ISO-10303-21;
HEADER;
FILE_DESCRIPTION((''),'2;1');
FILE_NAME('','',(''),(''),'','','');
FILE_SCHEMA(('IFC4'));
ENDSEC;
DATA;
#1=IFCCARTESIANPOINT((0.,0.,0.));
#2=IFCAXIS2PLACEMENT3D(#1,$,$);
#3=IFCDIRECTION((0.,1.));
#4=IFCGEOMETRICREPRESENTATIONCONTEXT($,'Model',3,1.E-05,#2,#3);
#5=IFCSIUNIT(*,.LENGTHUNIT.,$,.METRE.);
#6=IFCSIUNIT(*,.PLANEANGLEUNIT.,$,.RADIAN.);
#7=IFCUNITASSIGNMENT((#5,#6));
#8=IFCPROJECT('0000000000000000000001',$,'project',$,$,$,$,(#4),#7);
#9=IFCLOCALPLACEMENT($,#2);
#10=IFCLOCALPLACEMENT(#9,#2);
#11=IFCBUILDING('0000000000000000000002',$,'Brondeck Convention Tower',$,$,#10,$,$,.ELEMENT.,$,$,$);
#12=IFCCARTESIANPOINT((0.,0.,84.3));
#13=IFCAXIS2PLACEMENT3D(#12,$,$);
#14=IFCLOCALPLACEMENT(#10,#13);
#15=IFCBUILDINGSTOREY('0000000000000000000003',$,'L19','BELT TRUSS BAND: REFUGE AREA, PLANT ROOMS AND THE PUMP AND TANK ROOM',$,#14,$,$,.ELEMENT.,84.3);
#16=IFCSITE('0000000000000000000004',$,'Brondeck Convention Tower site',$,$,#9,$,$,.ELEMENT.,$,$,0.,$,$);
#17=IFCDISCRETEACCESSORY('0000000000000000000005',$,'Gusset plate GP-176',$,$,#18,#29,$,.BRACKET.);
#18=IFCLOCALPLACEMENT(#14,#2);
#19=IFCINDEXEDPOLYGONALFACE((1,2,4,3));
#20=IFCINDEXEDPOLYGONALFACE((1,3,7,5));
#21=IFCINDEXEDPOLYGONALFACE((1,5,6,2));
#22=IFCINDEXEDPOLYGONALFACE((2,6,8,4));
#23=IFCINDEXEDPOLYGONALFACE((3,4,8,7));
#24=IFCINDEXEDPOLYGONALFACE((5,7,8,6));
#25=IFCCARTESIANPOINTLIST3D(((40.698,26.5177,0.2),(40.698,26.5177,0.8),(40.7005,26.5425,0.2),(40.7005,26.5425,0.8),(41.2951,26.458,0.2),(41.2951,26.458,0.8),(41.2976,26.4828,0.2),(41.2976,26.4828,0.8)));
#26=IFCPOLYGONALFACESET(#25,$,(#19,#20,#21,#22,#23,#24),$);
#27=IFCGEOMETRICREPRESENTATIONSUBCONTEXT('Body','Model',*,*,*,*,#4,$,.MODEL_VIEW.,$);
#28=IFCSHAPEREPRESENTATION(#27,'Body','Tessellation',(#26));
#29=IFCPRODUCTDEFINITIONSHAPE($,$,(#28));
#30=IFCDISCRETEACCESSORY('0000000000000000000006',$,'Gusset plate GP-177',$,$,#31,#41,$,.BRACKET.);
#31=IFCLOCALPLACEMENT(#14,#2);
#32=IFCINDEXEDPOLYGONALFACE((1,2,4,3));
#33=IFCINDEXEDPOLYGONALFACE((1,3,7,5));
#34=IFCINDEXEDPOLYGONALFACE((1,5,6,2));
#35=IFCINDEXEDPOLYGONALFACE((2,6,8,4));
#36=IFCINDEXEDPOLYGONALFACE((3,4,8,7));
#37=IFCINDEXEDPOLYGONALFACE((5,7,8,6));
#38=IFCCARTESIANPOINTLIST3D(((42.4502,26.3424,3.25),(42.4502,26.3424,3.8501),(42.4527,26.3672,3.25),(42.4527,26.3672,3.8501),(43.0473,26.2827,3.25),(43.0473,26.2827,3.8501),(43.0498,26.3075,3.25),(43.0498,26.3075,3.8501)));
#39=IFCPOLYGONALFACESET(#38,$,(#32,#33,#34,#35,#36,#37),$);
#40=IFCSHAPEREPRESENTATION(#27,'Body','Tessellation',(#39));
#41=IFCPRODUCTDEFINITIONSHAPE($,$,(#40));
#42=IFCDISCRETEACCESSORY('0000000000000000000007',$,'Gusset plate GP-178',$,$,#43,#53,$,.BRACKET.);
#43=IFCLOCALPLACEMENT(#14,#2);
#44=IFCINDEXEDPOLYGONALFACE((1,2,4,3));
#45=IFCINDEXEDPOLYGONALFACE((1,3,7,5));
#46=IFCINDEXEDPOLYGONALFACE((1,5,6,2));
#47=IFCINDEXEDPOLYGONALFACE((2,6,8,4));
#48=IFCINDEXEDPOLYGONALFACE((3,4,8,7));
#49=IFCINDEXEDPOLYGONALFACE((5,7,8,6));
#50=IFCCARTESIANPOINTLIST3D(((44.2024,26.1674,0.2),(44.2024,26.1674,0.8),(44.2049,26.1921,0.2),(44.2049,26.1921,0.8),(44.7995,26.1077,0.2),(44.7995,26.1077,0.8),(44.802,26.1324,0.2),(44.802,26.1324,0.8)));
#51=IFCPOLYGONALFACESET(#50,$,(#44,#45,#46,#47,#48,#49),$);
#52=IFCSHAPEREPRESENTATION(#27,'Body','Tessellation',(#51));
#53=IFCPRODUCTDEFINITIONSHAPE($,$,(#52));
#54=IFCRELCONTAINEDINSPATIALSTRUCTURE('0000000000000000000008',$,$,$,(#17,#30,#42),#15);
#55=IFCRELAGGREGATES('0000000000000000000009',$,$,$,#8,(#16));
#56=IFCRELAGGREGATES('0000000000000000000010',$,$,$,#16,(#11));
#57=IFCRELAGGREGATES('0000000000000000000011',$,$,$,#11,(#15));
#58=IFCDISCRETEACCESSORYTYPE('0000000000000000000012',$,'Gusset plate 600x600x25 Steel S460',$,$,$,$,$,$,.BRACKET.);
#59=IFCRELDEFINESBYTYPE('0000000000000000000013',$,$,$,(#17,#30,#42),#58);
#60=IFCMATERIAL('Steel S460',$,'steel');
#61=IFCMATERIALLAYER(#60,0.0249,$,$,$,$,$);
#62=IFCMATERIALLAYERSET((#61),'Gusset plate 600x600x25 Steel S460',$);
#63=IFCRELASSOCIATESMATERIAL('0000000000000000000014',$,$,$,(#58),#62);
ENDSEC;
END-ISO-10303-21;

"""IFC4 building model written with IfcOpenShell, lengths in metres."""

from ifc_helpers import new_model, si_unit, direction, frame, origin, origin_2d, place, context, subcontext, project, spatial, rectangle, extrude, material, layer, layer_set, type_object, element, save


model = new_model("IFC4")

# Units and contexts
model_context = context("Model", 3, precision=1e-05, world=origin(), true_north=direction((0.0, 1.0)))
body_context = subcontext(model_context, "Body", "Model", "MODEL_VIEW")
ifc_project = project(units=[si_unit("LENGTHUNIT", "METRE"), si_unit("PLANEANGLEUNIT", "RADIAN")], contexts=[model_context])

# Site, building, storey
site_placement = place(None, origin())
site = spatial("IfcSite", under=ifc_project, at=site_placement, Name="Brondeck Convention Tower site", CompositionType="ELEMENT", RefElevation=0.0)
building_placement = place(site_placement, origin())
building = spatial("IfcBuilding", under=site, at=building_placement, Name="Brondeck Convention Tower", CompositionType="ELEMENT")
storey_placement = place(building_placement, frame((0.0, 0.0, 84.3)))
storey = spatial("IfcBuildingStorey", under=building, at=storey_placement, Name="L19", Description="BELT TRUSS BAND: REFUGE AREA, PLANT ROOMS AND THE PUMP AND TANK ROOM", CompositionType="ELEMENT", Elevation=84.3)

# Shared definitions
ifc_material_1 = material(Name="Steel S460", Category="steel")

# Discrete accessories
ifc_layer = layer(ifc_material_1, 0.0249)
ifc_layer_set = layer_set([ifc_layer], Name="Gusset plate 600x600x25 Steel S460")
discrete_accessory_type = type_object("IfcDiscreteAccessoryType", Name="Gusset plate 600x600x25 Steel S460", PredefinedType="BRACKET", material=ifc_layer_set)
for number, where, z_axis, x_axis, name in (
    (1, (40.9978, 26.5002, 0.2), (0.0, 0.0, 1.0), (-0.995036, 0.099511, 0.0), "Gusset plate GP-176"),
    (2, (42.75, 26.325, 3.25), (0.0, 0.0, 1.0), (-0.995036, 0.099511, 0.0), "Gusset plate GP-177"),
    (3, (44.5022, 26.1499, 0.2), (0.0, 0.0, 1.0), (-0.995036, 0.099511, 0.0), "Gusset plate GP-178"),
):
    element("IfcDiscreteAccessory", number, at=place(storey_placement, frame(where, z_axis=z_axis, x_axis=x_axis)), inside=storey, type_object=discrete_accessory_type, Name=name, PredefinedType="BRACKET", context=body_context, shape_type="SweptSolid", body=[
        extrude(rectangle(XDim=0.6001, YDim=0.0249, at=origin_2d()), origin(), (0.0, 0.0, 1.0), 0.6001),
    ])

save(model, "model.ifc")
